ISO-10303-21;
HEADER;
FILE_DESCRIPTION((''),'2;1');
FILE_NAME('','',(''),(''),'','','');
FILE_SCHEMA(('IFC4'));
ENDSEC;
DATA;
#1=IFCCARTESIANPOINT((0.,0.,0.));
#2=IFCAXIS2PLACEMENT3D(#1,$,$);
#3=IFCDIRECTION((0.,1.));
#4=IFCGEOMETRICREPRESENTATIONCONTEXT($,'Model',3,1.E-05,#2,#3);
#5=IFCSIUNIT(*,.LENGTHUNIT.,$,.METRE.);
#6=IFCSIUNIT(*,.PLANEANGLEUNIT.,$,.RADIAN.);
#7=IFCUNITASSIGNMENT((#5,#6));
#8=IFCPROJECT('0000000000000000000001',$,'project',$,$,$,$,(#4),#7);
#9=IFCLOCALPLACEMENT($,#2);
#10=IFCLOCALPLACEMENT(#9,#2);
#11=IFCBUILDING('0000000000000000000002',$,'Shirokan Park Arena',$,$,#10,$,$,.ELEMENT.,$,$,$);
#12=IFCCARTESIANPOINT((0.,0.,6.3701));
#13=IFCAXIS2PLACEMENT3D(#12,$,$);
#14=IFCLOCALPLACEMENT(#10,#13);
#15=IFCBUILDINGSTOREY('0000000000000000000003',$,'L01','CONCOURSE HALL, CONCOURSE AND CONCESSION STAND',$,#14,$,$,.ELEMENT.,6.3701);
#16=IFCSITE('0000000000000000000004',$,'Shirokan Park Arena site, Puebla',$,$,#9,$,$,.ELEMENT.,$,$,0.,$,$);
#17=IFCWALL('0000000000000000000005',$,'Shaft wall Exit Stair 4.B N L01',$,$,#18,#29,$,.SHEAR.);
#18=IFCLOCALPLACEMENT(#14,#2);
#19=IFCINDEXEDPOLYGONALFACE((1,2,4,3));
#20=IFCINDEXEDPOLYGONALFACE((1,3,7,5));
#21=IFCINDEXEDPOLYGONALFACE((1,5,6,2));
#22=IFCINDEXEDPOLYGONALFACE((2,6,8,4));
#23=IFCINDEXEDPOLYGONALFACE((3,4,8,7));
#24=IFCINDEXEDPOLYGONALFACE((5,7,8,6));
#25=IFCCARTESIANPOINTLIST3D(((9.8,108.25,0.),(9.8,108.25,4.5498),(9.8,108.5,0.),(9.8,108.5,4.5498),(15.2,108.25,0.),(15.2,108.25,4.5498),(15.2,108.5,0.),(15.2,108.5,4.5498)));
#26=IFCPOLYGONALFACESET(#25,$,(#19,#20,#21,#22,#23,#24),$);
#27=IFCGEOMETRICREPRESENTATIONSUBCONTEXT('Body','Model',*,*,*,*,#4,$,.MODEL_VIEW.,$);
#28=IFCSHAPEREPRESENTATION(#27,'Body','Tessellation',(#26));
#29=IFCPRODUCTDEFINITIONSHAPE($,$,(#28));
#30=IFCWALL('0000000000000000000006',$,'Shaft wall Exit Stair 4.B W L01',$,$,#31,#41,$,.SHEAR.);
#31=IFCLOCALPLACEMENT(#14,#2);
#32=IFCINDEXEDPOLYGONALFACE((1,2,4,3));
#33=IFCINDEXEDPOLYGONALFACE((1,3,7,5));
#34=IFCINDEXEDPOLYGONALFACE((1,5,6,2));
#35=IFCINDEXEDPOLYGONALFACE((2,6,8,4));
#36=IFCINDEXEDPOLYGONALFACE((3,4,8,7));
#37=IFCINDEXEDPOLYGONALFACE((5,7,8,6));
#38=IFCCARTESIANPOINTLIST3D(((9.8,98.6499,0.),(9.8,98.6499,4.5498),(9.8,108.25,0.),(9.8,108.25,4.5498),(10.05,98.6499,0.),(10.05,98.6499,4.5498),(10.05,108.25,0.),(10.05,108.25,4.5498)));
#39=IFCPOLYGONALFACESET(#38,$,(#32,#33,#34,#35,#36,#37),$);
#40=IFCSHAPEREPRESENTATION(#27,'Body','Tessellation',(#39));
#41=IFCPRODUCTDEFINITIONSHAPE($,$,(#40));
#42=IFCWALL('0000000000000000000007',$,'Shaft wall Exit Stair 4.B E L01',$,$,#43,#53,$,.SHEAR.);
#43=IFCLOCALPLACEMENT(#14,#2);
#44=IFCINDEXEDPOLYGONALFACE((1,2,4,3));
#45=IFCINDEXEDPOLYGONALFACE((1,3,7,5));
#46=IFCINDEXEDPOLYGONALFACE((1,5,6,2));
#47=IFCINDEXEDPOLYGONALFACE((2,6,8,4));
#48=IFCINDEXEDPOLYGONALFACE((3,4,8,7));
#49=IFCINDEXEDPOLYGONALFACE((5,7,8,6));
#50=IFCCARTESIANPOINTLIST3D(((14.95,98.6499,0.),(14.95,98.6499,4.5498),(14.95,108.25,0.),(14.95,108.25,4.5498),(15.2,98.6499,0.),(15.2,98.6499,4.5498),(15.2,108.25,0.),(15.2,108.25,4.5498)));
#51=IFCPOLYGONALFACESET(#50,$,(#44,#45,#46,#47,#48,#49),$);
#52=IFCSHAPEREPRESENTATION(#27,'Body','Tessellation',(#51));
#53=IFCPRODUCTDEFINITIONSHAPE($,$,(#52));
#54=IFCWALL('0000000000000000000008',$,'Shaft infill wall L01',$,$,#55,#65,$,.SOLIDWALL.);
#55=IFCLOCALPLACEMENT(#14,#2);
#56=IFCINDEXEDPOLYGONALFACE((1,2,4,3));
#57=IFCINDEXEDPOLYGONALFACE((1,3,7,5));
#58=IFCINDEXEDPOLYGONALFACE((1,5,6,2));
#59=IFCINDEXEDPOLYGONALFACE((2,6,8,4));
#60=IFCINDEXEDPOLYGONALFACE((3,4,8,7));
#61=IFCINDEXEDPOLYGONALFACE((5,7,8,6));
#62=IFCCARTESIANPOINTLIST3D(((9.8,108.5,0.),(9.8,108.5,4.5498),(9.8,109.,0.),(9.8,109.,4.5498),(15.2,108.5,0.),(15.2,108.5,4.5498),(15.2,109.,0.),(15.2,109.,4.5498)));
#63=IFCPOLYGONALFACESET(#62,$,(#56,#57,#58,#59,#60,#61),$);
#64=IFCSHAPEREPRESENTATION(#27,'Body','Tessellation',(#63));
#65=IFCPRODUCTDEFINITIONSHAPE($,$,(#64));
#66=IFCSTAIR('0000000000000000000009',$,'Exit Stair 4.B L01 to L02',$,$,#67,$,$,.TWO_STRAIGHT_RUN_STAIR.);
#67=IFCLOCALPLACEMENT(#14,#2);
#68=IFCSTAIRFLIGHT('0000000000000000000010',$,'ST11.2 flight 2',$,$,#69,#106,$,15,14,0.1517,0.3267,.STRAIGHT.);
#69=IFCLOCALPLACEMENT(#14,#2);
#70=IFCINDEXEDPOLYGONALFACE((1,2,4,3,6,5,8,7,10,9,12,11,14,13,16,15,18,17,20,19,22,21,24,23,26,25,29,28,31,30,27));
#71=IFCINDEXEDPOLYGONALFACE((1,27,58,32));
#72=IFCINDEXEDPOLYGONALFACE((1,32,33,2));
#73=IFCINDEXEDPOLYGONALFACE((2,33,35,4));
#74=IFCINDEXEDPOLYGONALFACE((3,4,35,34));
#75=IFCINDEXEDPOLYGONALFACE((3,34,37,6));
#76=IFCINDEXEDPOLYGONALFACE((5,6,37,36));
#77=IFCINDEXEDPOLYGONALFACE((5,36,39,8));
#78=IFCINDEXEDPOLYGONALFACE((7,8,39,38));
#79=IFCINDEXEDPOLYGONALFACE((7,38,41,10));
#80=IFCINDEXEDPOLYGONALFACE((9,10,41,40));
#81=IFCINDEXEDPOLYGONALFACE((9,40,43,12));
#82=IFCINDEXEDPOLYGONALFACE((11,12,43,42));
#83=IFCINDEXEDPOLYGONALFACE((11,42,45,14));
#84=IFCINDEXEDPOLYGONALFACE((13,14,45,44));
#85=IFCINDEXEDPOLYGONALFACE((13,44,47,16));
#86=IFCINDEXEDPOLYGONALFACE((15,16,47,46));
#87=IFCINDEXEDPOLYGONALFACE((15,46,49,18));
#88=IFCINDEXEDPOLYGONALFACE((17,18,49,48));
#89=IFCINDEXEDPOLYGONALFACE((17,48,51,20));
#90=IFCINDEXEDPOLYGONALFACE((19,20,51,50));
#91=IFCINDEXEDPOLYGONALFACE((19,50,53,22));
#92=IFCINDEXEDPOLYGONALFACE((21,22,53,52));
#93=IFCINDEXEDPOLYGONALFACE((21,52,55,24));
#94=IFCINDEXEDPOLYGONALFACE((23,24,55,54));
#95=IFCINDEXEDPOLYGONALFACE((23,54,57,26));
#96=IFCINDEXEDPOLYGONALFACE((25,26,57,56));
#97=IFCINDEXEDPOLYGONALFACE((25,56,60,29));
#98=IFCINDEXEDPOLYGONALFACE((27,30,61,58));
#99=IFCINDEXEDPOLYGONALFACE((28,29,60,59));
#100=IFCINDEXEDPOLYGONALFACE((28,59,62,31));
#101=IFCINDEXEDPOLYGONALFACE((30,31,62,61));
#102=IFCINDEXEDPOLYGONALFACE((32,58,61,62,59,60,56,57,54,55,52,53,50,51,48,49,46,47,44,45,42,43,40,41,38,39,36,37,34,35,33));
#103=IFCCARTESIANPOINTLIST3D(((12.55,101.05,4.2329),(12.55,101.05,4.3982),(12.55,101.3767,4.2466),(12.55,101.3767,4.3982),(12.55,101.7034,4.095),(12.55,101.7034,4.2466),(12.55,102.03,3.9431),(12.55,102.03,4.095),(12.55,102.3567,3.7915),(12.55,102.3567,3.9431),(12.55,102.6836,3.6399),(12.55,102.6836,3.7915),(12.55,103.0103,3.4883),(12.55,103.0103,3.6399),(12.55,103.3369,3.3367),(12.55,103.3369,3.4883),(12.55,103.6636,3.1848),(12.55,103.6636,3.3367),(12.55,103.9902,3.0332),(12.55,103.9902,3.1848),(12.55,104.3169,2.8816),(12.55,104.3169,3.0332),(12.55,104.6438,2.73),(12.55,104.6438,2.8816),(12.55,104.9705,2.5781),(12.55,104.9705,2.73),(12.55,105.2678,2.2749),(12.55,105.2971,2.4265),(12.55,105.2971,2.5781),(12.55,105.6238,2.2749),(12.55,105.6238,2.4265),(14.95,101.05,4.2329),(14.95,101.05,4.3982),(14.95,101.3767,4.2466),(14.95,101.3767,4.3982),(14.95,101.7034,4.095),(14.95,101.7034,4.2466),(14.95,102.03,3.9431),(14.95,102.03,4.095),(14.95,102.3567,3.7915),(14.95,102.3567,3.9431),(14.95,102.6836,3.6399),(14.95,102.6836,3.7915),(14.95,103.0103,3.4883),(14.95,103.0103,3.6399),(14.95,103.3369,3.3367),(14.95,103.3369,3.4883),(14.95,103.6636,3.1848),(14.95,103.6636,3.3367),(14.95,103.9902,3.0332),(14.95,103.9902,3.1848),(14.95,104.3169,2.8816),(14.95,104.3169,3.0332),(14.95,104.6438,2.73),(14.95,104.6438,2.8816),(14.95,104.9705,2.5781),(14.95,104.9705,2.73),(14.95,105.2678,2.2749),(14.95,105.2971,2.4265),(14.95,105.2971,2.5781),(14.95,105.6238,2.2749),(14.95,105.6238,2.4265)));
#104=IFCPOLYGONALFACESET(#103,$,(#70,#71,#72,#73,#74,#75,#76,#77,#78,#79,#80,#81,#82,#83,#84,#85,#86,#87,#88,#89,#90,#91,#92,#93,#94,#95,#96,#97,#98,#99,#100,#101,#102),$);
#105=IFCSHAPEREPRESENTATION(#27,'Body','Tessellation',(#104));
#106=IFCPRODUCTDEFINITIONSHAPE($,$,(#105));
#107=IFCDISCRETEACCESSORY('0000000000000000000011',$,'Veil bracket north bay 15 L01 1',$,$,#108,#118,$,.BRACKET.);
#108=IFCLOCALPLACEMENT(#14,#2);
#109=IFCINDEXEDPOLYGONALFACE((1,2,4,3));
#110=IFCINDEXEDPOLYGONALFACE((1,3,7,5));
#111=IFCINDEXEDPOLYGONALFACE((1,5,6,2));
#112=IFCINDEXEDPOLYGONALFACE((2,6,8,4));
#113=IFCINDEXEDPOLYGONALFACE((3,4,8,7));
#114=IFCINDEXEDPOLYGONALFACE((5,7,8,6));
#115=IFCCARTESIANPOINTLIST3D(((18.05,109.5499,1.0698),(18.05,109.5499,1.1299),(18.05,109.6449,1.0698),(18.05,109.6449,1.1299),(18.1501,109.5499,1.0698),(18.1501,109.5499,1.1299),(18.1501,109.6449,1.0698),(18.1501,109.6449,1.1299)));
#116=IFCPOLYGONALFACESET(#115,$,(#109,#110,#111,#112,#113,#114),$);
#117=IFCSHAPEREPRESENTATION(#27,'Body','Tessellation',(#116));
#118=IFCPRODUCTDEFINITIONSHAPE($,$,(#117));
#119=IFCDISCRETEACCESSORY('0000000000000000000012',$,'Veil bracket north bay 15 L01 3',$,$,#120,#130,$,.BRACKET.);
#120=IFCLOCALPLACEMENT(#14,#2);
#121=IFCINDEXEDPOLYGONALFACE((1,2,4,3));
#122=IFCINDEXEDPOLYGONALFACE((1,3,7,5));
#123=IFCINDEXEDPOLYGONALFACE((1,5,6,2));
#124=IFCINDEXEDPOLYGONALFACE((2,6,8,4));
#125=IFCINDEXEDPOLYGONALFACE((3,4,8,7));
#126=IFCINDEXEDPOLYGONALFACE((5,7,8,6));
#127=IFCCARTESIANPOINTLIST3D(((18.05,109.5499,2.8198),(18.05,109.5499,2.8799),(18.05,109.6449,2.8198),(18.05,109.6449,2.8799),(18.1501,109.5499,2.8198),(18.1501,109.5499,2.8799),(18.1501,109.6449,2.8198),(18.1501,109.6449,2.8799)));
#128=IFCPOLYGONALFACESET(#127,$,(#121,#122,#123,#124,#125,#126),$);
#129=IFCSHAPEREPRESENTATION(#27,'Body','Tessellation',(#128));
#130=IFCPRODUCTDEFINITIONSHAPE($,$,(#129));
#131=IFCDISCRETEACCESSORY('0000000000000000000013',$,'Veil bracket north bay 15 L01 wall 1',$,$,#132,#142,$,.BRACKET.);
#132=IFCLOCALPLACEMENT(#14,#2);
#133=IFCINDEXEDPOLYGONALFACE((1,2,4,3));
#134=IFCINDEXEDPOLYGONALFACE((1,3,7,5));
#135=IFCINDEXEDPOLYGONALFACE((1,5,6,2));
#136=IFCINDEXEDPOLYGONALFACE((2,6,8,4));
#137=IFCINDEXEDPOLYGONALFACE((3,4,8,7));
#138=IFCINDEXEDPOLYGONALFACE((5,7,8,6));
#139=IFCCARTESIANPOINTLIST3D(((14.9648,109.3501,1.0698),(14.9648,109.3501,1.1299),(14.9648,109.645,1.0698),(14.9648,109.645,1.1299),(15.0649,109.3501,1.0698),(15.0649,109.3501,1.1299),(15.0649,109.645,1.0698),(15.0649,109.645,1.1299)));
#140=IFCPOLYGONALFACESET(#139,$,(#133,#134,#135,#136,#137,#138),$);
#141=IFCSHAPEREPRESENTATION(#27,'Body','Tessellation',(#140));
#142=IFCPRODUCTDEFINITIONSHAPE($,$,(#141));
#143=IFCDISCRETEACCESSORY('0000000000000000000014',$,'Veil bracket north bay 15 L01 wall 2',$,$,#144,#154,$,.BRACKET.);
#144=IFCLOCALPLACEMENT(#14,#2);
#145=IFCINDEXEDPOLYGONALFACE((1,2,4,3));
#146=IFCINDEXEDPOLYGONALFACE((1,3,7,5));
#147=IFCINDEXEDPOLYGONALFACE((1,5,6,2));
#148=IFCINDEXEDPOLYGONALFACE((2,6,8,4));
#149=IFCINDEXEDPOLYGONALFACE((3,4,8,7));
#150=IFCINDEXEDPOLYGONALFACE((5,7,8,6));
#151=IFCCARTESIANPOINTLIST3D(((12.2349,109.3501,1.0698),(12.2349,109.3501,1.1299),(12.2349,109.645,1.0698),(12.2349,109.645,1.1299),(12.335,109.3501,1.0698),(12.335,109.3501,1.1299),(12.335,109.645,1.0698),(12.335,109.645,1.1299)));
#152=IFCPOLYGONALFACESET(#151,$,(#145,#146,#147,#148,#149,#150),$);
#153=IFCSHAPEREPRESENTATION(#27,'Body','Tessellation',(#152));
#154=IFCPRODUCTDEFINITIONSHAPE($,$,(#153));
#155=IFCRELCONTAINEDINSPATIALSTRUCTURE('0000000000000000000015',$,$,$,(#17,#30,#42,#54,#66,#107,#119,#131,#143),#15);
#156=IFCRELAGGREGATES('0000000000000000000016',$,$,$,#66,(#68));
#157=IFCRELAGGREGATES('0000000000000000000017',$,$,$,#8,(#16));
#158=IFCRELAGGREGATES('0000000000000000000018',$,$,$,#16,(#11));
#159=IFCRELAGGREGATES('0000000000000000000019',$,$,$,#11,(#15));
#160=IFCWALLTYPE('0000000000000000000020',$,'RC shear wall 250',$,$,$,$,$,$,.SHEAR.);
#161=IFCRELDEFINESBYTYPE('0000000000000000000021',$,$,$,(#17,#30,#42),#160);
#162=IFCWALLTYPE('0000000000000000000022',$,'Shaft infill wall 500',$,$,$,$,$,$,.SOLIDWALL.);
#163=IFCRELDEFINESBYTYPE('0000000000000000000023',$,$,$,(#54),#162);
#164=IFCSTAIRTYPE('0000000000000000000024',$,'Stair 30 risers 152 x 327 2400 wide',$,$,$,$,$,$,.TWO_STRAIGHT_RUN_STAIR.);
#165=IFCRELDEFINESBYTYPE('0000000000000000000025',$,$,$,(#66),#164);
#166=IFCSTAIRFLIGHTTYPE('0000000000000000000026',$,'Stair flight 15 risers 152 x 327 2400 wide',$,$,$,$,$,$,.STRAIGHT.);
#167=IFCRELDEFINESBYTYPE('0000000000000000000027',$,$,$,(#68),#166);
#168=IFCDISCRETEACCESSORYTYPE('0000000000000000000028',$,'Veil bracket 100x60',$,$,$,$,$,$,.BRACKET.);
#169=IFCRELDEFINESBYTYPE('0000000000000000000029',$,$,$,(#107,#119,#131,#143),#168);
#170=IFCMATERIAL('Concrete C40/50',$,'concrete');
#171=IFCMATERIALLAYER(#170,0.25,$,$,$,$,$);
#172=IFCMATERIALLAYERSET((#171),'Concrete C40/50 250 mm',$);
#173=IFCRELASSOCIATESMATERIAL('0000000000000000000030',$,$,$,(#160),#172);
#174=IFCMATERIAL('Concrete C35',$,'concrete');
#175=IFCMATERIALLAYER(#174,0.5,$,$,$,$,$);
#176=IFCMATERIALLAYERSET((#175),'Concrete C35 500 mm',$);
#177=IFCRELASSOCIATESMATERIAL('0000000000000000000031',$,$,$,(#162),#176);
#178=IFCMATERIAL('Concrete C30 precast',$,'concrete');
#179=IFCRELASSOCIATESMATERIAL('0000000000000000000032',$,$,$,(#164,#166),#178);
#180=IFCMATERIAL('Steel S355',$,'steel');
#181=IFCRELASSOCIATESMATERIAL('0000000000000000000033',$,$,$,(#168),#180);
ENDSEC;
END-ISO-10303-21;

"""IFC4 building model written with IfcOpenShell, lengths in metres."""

from ifc_helpers import new_model, si_unit, direction, frame, frame_2d, origin, origin_2d, place, context, subcontext, project, spatial, polyline, rectangle, outline, extrude, material, layer, layer_set, type_object, element, aggregate, save


model = new_model("IFC4")

# Units and contexts
model_context = context("Model", 3, precision=1e-05, world=origin(), true_north=direction((0.0, 1.0)))
body_context = subcontext(model_context, "Body", "Model", "MODEL_VIEW")
ifc_project = project(units=[si_unit("LENGTHUNIT", "METRE"), si_unit("PLANEANGLEUNIT", "RADIAN")], contexts=[model_context])

# Site, building, storey
site_placement = place(None, origin())
site = spatial("IfcSite", under=ifc_project, at=site_placement, Name="Shirokan Park Arena site, Puebla", CompositionType="ELEMENT", RefElevation=0.0)
building_placement = place(site_placement, origin())
building = spatial("IfcBuilding", under=site, at=building_placement, Name="Shirokan Park Arena", CompositionType="ELEMENT")
storey_placement = place(building_placement, frame((0.0, 0.0, 6.3701)))
storey = spatial("IfcBuildingStorey", under=building, at=storey_placement, Name="L01", Description="CONCOURSE HALL, CONCOURSE AND CONCESSION STAND", CompositionType="ELEMENT", Elevation=6.3701)

# Shared definitions
ifc_material_1 = material(Name="Steel S355", Category="steel")

# Shared definitions
ifc_material_2 = material(Name="Concrete C35", Category="concrete")

# Walls
ifc_material_3 = material(Name="Concrete C40/50", Category="concrete")
ifc_layer_1 = layer(ifc_material_3, 0.25)
ifc_layer_set_1 = layer_set([ifc_layer_1], Name="Concrete C40/50 250 mm")
wall_type_1 = type_object("IfcWallType", Name="RC shear wall 250", PredefinedType="SHEAR", material=ifc_layer_set_1)
wall_1_placement = place(storey_placement, frame((15.2, 108.375, 0.0), z_axis=(0.0, 0.0, 1.0), x_axis=(-1.0, 0.0, 0.0)))
element("IfcWall", 1, at=wall_1_placement, inside=storey, type_object=wall_type_1, Name="Shaft wall Exit Stair 4.B N L01", PredefinedType="SHEAR", context=body_context, shape_type="SweptSolid", body=[
    extrude(rectangle(XDim=5.3999, YDim=0.25, at=frame_2d((2.7, 0.0))), origin(), (0.0, 0.0, 1.0), 4.5498),
])
for number, where, z_axis, x_axis, name in (
    (2, (9.925, 108.25, 0.0), (0.0, 0.0, 1.0), (0.0, -1.0, 0.0), "Shaft wall Exit Stair 4.B W L01"),
    (3, (15.075, 108.25, 0.0), (0.0, 0.0, 1.0), (0.0, -1.0, 0.0), "Shaft wall Exit Stair 4.B E L01"),
):
    element("IfcWall", number, at=place(storey_placement, frame(where, z_axis=z_axis, x_axis=x_axis)), inside=storey, type_object=wall_type_1, Name=name, PredefinedType="SHEAR", context=body_context, shape_type="SweptSolid", body=[
        extrude(rectangle(XDim=9.6001, YDim=0.25, at=frame_2d((4.8, 0.0))), origin(), (0.0, 0.0, 1.0), 4.5498),
    ])
ifc_layer_2 = layer(ifc_material_2, 0.5)
ifc_layer_set_2 = layer_set([ifc_layer_2], Name="Concrete C35 500 mm")
wall_type_2 = type_object("IfcWallType", Name="Shaft infill wall 500", PredefinedType="SOLIDWALL", material=ifc_layer_set_2)
wall_2_placement = place(storey_placement, frame((9.8, 108.75, 0.0), z_axis=(0.0, 0.0, 1.0), x_axis=(1.0, 0.0, 0.0)))
element("IfcWall", 4, at=wall_2_placement, inside=storey, type_object=wall_type_2, Name="Shaft infill wall L01", PredefinedType="SOLIDWALL", context=body_context, shape_type="SweptSolid", body=[
    extrude(rectangle(XDim=5.3999, YDim=0.5, at=frame_2d((2.7, 0.0))), origin(), (0.0, 0.0, 1.0), 4.5498),
])

# Stair, stair flight
ifc_material_4 = material(Name="Concrete C30 precast", Category="concrete")
stair_type = type_object("IfcStairType", Name="Stair 30 risers 152 x 327 2400 wide", PredefinedType="TWO_STRAIGHT_RUN_STAIR", material=ifc_material_4)
stair_placement = place(storey_placement, origin())
stair = element("IfcStair", 5, at=stair_placement, inside=storey, type_object=stair_type, Name="Exit Stair 4.B L01 to L02", PredefinedType="TWO_STRAIGHT_RUN_STAIR")
stair_flight_type = type_object("IfcStairFlightType", Name="Stair flight 15 risers 152 x 327 2400 wide", PredefinedType="STRAIGHT", material=ifc_material_4)
stair_flight_placement = place(storey_placement, frame((13.75, 105.6238, 2.2749), z_axis=(0.0, 0.0, 1.0), x_axis=(0.0, -1.0, 0.0)))
stair_flight = element("IfcStairFlight", 6, at=stair_flight_placement, type_object=stair_flight_type, Name="ST11.2 flight 2", NumberOfRisers=15, NumberOfTreads=14, PredefinedType="STRAIGHT", RiserHeight=0.1517, TreadLength=0.3267, context=body_context, shape_type="SweptSolid", body=[
    extrude(outline(polyline([(0.0, 0.0), (0.0, 0.1516), (0.3267, 0.1516), (0.3267, 0.3032), (0.6533, 0.3032), (0.6533, 0.4551), (0.98, 0.4551), (0.98, 0.6067), (1.3069, 0.6067), (1.3069, 0.7583), (1.6335, 0.7583), (1.6335, 0.9099), (1.9602, 0.9099), (1.9602, 1.0618), (2.2869, 1.0618), (2.2869, 1.2134), (2.6135, 1.2134), (2.6135, 1.365), (2.9402, 1.365), (2.9402, 1.5166), (3.2671, 1.5166), (3.2671, 1.6682), (3.5938, 1.6682), (3.5938, 1.8201), (3.9204, 1.8201), (3.9204, 1.9717), (4.2471, 1.9717), (4.2471, 2.1233), (4.5737, 2.1233), (4.5737, 2.2749), (4.5737, 1.958), (0.356, 0.0), (0.0, 0.0)])), frame((0.0, 1.2, 0.0), z_axis=(0.0, -1.0, 0.0), x_axis=(1.0, 0.0, 0.0)), (0.0, 0.0, 1.0), 2.3999),
])
aggregate(stair, [stair_flight])

# Discrete accessories
discrete_accessory_type = type_object("IfcDiscreteAccessoryType", Name="Veil bracket 100x60", PredefinedType="BRACKET", material=ifc_material_1)
for number, where, z_axis, x_axis, name in (
    (7, (18.1001, 109.5974, 1.0698), (0.0, 0.0, 1.0), (-1.0, 0.0, 0.0), "Veil bracket north bay 15 L01 1"),
    (8, (18.1001, 109.5974, 2.8198), (0.0, 0.0, 1.0), (-1.0, 0.0, 0.0), "Veil bracket north bay 15 L01 3"),
):
    element("IfcDiscreteAccessory", number, at=place(storey_placement, frame(where, z_axis=z_axis, x_axis=x_axis)), inside=storey, type_object=discrete_accessory_type, Name=name, PredefinedType="BRACKET", context=body_context, shape_type="SweptSolid", body=[
        extrude(rectangle(XDim=0.1001, YDim=0.095, at=origin_2d()), origin(), (0.0, 0.0, 1.0), 0.0601),
    ])
for number, where, z_axis, x_axis, name in (
    (9, (15.0149, 109.4976, 1.0698), (0.0, 0.0, 1.0), (-1.0, 0.0, 0.0), "Veil bracket north bay 15 L01 wall 1"),
    (10, (12.2849, 109.4976, 1.0698), (0.0, 0.0, 1.0), (-1.0, 0.0, 0.0), "Veil bracket north bay 15 L01 wall 2"),
):
    element("IfcDiscreteAccessory", number, at=place(storey_placement, frame(where, z_axis=z_axis, x_axis=x_axis)), inside=storey, type_object=discrete_accessory_type, Name=name, PredefinedType="BRACKET", context=body_context, shape_type="SweptSolid", body=[
        extrude(rectangle(XDim=0.1001, YDim=0.2949, at=origin_2d()), origin(), (0.0, 0.0, 1.0), 0.0601),
    ])

save(model, "model.ifc")
